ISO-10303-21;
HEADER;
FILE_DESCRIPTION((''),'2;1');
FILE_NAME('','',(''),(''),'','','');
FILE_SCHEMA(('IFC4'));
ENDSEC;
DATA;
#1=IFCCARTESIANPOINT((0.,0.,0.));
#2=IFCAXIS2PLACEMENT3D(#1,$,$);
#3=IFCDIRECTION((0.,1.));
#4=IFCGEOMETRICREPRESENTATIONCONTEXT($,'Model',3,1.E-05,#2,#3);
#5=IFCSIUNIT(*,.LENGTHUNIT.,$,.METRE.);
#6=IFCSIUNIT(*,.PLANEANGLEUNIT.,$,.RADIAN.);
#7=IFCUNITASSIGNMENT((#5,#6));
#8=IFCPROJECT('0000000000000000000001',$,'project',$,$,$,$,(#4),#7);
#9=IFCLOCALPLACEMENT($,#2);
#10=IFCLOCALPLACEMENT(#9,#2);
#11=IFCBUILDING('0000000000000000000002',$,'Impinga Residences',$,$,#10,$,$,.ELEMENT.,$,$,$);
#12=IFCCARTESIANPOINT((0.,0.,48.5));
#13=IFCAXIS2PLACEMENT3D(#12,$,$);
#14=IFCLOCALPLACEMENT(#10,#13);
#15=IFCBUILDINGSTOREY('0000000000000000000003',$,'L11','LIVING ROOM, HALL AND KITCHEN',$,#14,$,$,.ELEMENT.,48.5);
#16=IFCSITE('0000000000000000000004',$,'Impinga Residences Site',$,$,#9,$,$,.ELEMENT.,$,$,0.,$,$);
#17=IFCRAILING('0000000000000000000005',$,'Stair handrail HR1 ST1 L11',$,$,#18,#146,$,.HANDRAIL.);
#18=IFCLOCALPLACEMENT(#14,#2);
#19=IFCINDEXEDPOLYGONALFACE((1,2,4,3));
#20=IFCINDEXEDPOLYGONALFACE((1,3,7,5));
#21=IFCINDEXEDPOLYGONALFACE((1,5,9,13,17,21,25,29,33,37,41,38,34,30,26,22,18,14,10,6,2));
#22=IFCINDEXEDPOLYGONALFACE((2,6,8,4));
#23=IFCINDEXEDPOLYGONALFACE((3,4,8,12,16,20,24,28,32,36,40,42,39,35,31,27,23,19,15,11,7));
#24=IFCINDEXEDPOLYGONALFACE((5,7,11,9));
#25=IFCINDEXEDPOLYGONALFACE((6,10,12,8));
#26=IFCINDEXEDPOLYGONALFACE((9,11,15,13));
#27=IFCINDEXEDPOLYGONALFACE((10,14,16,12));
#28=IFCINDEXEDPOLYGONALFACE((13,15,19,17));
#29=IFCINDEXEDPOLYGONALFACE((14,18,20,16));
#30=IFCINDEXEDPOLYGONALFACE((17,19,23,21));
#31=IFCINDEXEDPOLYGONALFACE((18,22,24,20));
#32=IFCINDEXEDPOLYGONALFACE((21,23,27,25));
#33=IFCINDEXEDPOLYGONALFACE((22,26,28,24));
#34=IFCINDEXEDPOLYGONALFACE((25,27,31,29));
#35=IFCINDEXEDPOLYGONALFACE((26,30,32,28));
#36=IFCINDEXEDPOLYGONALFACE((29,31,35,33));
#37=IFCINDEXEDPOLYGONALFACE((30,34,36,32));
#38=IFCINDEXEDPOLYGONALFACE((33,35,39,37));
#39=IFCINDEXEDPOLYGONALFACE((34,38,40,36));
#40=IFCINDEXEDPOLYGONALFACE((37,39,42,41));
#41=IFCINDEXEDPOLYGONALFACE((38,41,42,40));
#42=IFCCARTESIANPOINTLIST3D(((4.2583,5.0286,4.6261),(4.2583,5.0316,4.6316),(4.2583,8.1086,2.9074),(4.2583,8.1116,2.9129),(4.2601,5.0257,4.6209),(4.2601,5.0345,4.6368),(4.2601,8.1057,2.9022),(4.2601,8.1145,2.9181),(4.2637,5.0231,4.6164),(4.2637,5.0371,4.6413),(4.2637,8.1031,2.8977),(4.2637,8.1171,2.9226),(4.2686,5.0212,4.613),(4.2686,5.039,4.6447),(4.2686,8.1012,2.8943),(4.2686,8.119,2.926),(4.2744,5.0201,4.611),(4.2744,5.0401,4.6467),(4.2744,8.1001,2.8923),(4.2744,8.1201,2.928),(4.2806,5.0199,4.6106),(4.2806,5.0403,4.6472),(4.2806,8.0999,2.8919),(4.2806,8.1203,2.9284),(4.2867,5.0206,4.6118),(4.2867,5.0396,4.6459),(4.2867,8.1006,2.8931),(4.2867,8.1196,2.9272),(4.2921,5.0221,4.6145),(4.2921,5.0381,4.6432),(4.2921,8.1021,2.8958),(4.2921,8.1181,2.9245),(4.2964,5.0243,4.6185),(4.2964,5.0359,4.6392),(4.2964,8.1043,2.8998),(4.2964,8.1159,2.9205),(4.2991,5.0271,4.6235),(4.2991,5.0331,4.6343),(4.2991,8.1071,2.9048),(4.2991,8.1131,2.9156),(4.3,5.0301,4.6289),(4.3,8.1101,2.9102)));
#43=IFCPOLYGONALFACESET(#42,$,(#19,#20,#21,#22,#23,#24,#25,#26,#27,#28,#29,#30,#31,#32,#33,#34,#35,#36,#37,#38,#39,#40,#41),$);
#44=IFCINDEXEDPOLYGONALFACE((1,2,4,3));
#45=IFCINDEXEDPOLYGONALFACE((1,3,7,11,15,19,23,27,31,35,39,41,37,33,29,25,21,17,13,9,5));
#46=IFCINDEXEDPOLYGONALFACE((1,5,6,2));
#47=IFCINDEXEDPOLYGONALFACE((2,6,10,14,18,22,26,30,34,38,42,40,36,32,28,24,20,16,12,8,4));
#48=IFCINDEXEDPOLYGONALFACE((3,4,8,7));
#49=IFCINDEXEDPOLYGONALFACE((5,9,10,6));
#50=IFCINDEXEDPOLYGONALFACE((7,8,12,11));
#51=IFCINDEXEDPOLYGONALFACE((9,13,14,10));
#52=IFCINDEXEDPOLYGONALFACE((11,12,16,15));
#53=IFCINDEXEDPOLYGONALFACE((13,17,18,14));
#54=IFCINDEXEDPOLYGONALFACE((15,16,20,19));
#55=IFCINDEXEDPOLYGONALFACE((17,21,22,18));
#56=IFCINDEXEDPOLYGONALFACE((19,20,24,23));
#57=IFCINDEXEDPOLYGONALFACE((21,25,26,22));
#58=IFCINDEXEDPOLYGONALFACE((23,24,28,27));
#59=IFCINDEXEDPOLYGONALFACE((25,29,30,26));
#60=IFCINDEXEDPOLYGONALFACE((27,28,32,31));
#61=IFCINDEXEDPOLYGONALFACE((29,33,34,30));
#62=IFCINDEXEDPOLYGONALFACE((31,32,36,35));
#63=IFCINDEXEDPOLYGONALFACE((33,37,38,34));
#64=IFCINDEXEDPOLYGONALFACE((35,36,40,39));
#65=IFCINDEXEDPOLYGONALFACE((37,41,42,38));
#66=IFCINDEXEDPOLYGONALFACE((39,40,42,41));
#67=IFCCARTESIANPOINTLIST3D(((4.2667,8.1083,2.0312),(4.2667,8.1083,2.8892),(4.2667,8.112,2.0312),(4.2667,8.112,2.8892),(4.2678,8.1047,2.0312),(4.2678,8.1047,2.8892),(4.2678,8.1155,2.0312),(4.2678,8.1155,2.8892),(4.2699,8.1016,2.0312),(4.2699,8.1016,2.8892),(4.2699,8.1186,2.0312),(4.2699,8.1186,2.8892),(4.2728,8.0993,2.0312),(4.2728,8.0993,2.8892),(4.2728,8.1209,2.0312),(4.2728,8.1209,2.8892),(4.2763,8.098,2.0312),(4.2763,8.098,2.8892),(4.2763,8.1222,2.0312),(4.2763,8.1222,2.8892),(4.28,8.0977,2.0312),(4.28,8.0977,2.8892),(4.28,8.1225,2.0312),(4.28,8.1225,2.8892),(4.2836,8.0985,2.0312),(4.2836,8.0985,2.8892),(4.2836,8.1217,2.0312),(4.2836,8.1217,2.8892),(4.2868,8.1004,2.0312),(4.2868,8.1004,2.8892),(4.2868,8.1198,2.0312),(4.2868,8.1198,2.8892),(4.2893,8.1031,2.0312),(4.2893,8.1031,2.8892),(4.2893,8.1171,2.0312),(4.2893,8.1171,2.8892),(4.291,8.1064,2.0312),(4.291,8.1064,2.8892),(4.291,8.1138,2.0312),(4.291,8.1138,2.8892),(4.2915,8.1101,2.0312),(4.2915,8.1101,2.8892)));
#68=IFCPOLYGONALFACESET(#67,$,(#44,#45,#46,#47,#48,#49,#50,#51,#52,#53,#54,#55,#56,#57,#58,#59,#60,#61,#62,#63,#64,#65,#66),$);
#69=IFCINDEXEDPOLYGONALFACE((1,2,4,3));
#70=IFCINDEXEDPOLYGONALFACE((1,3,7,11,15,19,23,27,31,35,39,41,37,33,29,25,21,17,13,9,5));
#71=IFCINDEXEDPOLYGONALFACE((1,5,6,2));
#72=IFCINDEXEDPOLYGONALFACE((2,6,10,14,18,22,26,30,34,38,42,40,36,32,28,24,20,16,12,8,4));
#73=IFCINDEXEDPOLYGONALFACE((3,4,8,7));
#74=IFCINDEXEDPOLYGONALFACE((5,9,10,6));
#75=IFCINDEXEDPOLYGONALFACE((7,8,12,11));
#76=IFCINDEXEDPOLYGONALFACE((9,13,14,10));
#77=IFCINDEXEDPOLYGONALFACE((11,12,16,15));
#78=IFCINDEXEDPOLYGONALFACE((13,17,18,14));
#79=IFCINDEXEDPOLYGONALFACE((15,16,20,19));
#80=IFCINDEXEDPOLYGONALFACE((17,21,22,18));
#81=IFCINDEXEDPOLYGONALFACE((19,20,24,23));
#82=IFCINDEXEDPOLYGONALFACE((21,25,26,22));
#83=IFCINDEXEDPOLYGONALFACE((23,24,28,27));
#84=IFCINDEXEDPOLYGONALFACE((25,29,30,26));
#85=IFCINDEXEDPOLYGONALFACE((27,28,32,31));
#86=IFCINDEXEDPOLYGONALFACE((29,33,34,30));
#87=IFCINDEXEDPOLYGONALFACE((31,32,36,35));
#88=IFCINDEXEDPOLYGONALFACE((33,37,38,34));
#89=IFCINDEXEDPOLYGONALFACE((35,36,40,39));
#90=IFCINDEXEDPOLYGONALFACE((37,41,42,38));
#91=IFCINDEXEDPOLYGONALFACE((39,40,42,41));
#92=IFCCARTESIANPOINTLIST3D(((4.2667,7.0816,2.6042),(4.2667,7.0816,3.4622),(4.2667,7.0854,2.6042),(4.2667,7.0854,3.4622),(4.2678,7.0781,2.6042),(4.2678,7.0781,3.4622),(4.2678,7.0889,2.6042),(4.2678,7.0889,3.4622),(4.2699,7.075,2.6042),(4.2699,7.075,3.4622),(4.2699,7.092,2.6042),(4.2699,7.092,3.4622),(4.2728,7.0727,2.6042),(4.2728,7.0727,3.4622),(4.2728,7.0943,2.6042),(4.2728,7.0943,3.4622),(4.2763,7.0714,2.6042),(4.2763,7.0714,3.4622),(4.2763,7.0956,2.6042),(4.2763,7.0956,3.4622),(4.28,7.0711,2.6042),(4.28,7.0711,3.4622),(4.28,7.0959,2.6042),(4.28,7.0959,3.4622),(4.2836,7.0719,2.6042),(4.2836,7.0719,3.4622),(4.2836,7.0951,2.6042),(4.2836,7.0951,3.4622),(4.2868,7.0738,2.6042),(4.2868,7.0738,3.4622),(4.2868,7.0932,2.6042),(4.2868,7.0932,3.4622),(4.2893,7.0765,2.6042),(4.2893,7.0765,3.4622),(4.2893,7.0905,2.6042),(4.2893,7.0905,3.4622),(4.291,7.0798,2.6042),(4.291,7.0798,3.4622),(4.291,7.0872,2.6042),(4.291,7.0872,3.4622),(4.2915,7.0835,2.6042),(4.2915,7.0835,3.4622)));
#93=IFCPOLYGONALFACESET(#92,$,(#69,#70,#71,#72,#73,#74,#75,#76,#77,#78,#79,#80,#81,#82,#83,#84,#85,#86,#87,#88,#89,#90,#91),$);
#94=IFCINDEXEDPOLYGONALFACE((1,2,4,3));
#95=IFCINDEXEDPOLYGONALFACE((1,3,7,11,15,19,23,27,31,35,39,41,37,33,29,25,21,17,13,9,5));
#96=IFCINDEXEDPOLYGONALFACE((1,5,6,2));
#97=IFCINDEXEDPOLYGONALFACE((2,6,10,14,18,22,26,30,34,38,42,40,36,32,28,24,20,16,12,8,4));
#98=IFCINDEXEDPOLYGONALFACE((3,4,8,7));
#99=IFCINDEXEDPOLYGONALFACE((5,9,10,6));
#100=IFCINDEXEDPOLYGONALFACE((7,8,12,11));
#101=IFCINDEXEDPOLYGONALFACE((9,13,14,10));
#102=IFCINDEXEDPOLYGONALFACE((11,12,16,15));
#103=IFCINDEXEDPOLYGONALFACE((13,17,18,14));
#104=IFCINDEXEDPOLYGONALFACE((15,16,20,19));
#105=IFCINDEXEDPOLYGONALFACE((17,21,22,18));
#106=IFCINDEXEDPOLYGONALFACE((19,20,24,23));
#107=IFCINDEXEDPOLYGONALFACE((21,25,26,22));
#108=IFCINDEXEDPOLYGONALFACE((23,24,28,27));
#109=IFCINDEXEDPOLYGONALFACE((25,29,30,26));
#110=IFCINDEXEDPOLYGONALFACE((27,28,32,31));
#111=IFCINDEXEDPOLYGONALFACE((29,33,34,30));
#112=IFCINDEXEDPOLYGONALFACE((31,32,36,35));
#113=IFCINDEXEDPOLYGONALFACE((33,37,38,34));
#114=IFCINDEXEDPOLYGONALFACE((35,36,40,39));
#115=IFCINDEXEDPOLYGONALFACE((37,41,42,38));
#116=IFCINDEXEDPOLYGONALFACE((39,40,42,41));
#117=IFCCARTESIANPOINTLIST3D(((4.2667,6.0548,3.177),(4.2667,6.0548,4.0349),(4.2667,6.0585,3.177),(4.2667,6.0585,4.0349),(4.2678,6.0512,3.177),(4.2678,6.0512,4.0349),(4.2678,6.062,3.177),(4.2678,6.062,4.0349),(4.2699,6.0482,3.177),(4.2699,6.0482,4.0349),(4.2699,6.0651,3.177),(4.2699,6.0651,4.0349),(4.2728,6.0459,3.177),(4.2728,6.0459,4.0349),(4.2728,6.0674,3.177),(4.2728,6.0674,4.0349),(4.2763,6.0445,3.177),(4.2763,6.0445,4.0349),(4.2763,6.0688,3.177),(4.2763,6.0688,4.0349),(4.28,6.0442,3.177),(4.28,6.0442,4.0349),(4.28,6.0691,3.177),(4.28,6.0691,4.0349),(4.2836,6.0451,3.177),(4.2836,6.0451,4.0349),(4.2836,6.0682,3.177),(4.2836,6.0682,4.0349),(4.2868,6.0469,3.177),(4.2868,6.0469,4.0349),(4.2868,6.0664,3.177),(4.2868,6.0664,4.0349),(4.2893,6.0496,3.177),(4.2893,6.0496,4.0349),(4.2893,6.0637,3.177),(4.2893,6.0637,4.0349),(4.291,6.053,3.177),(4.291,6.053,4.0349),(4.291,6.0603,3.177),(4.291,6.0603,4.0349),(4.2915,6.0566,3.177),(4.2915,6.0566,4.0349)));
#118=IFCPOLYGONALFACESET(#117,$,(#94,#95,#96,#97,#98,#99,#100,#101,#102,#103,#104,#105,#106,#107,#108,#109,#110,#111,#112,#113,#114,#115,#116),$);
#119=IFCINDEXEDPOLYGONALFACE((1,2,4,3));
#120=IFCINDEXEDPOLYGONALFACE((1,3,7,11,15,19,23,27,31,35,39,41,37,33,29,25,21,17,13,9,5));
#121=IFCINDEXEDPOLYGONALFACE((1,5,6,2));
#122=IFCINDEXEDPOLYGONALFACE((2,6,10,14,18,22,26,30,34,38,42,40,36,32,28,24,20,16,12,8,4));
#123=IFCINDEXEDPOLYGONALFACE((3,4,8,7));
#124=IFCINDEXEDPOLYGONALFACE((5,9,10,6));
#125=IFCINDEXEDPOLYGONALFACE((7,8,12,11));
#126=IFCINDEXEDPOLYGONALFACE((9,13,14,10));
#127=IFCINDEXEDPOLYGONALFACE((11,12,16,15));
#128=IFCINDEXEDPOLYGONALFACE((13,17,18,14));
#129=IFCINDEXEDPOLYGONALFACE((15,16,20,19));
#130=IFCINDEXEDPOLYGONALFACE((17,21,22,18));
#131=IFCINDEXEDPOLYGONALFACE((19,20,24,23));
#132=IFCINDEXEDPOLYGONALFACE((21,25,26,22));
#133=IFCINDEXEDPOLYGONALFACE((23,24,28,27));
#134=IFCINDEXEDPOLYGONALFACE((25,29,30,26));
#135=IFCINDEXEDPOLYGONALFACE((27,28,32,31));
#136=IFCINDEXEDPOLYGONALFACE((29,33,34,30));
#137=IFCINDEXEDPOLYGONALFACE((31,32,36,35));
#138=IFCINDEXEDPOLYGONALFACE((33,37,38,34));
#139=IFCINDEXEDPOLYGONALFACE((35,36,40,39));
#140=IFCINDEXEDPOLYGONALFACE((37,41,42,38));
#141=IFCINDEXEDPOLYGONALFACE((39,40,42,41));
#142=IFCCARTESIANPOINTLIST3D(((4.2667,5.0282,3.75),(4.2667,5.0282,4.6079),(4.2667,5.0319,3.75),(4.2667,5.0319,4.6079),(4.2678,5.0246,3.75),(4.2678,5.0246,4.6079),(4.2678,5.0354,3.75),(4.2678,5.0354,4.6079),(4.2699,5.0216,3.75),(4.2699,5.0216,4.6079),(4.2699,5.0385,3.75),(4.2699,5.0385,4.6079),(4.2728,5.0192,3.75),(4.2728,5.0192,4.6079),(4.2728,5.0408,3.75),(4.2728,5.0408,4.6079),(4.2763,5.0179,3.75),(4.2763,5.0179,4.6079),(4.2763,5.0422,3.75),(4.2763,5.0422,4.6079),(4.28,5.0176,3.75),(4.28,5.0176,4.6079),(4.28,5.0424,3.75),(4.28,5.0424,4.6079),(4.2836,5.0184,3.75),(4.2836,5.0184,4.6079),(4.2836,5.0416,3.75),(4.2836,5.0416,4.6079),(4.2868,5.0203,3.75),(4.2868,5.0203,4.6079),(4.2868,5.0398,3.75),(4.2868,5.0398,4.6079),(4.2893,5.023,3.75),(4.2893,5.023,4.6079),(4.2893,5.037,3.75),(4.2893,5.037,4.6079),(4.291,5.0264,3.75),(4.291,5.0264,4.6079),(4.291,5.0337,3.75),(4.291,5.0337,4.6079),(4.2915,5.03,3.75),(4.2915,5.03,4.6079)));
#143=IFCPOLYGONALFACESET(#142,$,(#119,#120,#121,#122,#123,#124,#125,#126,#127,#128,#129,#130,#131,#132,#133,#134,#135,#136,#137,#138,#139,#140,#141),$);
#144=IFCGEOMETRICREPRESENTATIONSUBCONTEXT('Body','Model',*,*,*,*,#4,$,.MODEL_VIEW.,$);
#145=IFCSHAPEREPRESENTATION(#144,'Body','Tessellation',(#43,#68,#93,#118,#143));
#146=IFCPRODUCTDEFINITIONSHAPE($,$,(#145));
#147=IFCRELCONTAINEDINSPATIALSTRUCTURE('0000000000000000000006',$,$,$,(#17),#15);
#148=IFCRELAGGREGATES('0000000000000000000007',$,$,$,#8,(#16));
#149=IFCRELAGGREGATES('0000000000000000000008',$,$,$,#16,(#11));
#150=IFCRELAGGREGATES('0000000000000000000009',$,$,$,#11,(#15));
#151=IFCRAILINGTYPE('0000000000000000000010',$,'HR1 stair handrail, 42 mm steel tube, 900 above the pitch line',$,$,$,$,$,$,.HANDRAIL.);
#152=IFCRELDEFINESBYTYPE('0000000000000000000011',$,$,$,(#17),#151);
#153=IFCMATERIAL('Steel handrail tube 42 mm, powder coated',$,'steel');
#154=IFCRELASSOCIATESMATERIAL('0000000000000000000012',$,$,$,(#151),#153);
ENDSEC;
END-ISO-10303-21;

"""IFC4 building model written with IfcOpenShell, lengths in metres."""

from ifc_helpers import new_model, si_unit, direction, frame, origin, origin_2d, place, context, subcontext, project, spatial, circle, extrude, material, type_object, element, save


model = new_model("IFC4")

# Units and contexts
model_context = context("Model", 3, precision=1e-05, world=origin(), true_north=direction((0.0, 1.0)))
body_context = subcontext(model_context, "Body", "Model", "MODEL_VIEW")
ifc_project = project(units=[si_unit("LENGTHUNIT", "METRE"), si_unit("PLANEANGLEUNIT", "RADIAN")], contexts=[model_context])

# Site, building, storey
site_placement = place(None, origin())
site = spatial("IfcSite", under=ifc_project, at=site_placement, Name="Impinga Residences Site", CompositionType="ELEMENT", RefElevation=0.0)
building_placement = place(site_placement, origin())
building = spatial("IfcBuilding", under=site, at=building_placement, Name="Impinga Residences", CompositionType="ELEMENT")
storey_placement = place(building_placement, frame((0.0, 0.0, 48.5)))
storey = spatial("IfcBuildingStorey", under=building, at=storey_placement, Name="L11", Description="LIVING ROOM, HALL AND KITCHEN", CompositionType="ELEMENT", Elevation=48.5)

# Railing
ifc_material_1 = material(Name="Steel handrail tube 42 mm, powder coated", Category="steel")
railing_type_1 = type_object("IfcRailingType", Name="HR1 stair handrail, 42 mm steel tube, 900 above the pitch line", PredefinedType="HANDRAIL", material=ifc_material_1)
railing_1_placement = place(storey_placement, frame((4.2791, 8.1101, 2.0312)))
element("IfcRailing", 1, at=railing_1_placement, inside=storey, type_object=railing_type_1, Name="Stair handrail HR1 ST1 L11", PredefinedType="HANDRAIL", context=body_context, shape_type="SweptSolid", body=[
    extrude(circle(Radius=0.021, at=origin_2d()), frame((0.0, 0.0, 0.8789), z_axis=(0.0, -0.873242, 0.487288), x_axis=(1.0, 0.0, 0.0)), (0.0, 0.0, 1.0), 3.5271),
    extrude(circle(Radius=0.0125, at=origin_2d()), origin(), (0.0, 0.0, 1.0), 0.8579),
    extrude(circle(Radius=0.0125, at=origin_2d()), frame((0.0, -1.0266, 0.573)), (0.0, 0.0, 1.0), 0.8579),
    extrude(circle(Radius=0.0125, at=origin_2d()), frame((0.0, -2.0535, 1.1458)), (0.0, 0.0, 1.0), 0.8579),
    extrude(circle(Radius=0.0125, at=origin_2d()), frame((0.0, -3.0801, 1.7188)), (0.0, 0.0, 1.0), 0.8579),
])

save(model, "model.ifc")
